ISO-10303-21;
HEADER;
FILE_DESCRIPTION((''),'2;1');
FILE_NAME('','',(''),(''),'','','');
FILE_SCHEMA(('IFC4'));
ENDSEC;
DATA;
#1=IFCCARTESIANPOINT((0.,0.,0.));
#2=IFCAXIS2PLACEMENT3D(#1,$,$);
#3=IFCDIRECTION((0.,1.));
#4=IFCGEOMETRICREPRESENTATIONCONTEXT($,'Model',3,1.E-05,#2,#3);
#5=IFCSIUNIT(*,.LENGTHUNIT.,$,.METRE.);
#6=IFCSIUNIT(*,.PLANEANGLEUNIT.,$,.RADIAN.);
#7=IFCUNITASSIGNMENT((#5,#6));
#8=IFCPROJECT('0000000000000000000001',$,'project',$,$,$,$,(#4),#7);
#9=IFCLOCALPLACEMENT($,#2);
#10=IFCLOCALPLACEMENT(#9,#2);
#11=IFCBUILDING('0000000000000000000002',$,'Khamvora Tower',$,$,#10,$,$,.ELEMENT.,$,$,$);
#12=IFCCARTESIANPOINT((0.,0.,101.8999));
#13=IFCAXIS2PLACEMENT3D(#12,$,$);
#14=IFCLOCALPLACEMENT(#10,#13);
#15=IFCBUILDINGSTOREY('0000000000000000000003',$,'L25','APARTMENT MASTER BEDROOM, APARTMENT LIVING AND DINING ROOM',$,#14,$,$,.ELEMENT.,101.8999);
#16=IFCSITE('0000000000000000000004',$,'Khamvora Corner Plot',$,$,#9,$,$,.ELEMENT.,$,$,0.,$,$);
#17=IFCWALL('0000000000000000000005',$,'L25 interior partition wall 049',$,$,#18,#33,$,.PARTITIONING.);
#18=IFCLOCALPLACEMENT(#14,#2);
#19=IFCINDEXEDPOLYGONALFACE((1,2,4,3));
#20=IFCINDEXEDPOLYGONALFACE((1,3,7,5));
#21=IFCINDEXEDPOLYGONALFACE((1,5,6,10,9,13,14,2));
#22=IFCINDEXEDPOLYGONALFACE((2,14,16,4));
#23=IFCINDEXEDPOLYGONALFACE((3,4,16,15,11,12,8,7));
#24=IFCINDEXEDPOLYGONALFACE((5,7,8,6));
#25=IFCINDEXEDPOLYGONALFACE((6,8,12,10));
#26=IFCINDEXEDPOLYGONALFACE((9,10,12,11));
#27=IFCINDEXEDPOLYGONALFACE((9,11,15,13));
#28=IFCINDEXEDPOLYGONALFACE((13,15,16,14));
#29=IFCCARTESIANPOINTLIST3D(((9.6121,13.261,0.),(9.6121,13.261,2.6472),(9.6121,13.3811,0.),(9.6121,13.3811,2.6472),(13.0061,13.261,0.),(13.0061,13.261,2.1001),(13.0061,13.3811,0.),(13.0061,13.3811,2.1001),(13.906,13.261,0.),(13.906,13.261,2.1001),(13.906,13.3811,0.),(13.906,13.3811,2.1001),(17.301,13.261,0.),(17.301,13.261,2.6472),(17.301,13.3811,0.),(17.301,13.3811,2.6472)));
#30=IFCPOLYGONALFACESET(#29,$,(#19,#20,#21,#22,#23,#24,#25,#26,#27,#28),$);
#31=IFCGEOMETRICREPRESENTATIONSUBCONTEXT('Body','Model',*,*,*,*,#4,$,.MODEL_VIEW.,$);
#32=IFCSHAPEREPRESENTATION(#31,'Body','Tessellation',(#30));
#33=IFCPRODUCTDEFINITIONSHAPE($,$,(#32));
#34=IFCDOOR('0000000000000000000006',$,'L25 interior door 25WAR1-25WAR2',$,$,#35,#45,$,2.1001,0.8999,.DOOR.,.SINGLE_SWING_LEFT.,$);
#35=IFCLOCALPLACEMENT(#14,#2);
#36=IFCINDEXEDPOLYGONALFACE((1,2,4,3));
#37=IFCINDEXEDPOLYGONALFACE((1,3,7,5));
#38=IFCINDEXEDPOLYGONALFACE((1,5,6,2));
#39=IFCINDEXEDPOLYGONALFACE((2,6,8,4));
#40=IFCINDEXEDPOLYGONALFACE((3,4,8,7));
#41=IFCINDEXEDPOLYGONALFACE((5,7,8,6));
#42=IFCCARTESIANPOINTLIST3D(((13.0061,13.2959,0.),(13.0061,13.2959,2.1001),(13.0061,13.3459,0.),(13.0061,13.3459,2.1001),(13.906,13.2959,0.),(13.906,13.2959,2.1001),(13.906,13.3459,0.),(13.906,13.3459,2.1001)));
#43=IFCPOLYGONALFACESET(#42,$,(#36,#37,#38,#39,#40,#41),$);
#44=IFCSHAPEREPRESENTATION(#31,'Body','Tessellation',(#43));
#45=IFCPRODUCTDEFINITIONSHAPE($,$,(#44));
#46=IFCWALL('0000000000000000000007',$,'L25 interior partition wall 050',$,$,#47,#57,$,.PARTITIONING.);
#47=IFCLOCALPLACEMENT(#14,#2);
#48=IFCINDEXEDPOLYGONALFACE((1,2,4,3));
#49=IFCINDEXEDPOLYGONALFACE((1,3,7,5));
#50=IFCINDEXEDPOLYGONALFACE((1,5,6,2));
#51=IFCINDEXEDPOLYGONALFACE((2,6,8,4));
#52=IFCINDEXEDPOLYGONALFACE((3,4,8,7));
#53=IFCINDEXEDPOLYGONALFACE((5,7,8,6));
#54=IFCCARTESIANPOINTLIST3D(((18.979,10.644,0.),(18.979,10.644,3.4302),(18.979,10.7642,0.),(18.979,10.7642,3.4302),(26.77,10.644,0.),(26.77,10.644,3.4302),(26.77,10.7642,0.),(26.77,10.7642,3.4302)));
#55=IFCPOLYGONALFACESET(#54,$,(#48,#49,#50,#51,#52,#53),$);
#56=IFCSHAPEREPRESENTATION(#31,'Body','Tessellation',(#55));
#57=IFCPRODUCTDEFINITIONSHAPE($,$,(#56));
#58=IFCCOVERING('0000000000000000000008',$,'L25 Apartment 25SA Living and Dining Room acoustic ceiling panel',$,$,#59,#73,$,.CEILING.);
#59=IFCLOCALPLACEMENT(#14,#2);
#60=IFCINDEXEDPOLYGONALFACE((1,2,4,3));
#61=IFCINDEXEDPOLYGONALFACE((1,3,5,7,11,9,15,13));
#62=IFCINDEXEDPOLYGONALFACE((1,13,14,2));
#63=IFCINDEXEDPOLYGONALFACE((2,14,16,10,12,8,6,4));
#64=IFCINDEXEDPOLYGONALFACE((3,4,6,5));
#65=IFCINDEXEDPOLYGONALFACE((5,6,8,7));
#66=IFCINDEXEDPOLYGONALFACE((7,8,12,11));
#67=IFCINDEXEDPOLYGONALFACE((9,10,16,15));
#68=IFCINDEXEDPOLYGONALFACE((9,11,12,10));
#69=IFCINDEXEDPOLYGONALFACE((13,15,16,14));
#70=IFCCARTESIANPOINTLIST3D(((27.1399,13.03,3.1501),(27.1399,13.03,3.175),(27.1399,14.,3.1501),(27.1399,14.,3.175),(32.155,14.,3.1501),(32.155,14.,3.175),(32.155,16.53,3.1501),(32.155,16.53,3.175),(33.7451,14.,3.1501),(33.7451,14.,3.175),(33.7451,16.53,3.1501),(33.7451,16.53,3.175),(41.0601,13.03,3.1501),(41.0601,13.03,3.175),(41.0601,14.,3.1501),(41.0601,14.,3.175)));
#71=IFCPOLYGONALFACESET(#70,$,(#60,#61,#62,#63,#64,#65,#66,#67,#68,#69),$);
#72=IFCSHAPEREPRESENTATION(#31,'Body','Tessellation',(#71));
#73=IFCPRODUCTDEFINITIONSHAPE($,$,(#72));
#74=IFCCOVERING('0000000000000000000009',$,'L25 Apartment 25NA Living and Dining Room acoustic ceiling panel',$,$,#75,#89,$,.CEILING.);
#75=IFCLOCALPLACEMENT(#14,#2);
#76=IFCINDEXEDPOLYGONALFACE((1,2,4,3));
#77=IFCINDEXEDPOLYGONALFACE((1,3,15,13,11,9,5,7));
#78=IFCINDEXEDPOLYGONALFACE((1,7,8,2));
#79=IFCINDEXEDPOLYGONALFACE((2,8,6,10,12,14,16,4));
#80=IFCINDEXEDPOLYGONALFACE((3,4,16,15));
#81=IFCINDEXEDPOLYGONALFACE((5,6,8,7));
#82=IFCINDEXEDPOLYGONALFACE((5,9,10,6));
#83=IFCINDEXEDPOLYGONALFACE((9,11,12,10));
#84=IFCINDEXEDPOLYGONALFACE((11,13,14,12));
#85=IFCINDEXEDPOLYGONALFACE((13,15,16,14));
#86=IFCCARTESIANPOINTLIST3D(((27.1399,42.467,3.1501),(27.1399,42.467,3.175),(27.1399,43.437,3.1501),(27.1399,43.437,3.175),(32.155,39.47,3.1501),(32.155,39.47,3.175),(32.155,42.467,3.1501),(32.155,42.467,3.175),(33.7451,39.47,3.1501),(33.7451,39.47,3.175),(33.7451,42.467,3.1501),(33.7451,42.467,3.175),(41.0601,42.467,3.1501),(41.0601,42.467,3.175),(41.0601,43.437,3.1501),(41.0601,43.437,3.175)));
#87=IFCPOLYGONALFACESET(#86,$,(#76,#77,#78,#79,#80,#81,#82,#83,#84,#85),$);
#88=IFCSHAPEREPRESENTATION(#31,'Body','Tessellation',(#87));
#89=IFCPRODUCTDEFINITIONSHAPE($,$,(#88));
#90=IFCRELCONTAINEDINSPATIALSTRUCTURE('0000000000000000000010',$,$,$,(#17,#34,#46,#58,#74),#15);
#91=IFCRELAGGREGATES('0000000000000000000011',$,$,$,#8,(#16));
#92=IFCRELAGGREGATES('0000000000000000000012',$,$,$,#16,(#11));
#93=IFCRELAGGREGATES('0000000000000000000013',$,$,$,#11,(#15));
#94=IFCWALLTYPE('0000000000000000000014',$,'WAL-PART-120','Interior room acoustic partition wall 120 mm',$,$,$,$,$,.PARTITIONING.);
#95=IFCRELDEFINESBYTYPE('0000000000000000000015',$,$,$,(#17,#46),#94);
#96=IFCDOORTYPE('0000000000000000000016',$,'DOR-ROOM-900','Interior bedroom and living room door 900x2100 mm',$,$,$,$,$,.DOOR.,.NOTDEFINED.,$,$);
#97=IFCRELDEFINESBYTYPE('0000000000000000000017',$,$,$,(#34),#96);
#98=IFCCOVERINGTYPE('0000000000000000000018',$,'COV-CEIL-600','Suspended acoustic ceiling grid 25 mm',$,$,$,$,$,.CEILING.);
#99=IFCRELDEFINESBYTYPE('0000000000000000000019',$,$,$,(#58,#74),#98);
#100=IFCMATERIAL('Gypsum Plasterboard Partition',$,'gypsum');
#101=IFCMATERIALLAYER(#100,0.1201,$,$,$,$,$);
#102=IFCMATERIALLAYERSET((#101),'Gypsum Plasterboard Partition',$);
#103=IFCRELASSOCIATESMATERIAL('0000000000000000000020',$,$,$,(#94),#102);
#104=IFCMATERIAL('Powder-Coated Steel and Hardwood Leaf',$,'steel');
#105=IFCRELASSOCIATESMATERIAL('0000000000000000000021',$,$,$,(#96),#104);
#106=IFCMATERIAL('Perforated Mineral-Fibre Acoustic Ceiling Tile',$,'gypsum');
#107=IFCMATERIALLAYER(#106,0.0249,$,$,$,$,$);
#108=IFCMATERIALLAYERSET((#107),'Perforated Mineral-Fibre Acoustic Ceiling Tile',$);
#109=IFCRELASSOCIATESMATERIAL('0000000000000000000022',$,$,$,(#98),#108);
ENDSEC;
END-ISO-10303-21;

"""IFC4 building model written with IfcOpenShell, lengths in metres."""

from ifc_helpers import new_model, si_unit, direction, frame, frame_2d, origin, place, context, subcontext, project, spatial, polyline, rectangle, outline, extrude, material, layer, layer_set, type_object, element, fill, save


model = new_model("IFC4")

# Units and contexts
model_context = context("Model", 3, precision=1e-05, world=origin(), true_north=direction((0.0, 1.0)))
body_context = subcontext(model_context, "Body", "Model", "MODEL_VIEW")
ifc_project = project(units=[si_unit("LENGTHUNIT", "METRE"), si_unit("PLANEANGLEUNIT", "RADIAN")], contexts=[model_context])

# Site, building, storey
site_placement = place(None, origin())
site = spatial("IfcSite", under=ifc_project, at=site_placement, Name="Khamvora Corner Plot", CompositionType="ELEMENT", RefElevation=0.0)
building_placement = place(site_placement, origin())
building = spatial("IfcBuilding", under=site, at=building_placement, Name="Khamvora Tower", CompositionType="ELEMENT")
storey_placement = place(building_placement, frame((0.0, 0.0, 101.8999)))
storey = spatial("IfcBuildingStorey", under=building, at=storey_placement, Name="L25", Description="APARTMENT MASTER BEDROOM, APARTMENT LIVING AND DINING ROOM", CompositionType="ELEMENT", Elevation=101.8999)

# Wall, opening, door
ifc_material_1 = material(Name="Gypsum Plasterboard Partition", Category="gypsum")
ifc_layer_1 = layer(ifc_material_1, 0.1201)
ifc_layer_set_1 = layer_set([ifc_layer_1], Name="Gypsum Plasterboard Partition")
wall_type_1 = type_object("IfcWallType", Name="WAL-PART-120", Description="Interior room acoustic partition wall 120 mm", PredefinedType="PARTITIONING", material=ifc_layer_set_1)
ifc_material_2 = material(Name="Powder-Coated Steel and Hardwood Leaf", Category="steel")
door_type = type_object("IfcDoorType", Name="DOR-ROOM-900", Description="Interior bedroom and living room door 900x2100 mm", OperationType="NOTDEFINED", PredefinedType="DOOR", material=ifc_material_2)
wall_1_placement = place(storey_placement, frame((9.6121, 13.321, 0.0), z_axis=(0.0, 0.0, 1.0), x_axis=(1.0, 0.0, 0.0)))
wall_1 = element("IfcWall", 1, at=wall_1_placement, inside=storey, type_object=wall_type_1, Name="L25 interior partition wall 049", PredefinedType="PARTITIONING", context=body_context, shape_type="SweptSolid", body=[
    extrude(rectangle(XDim=7.689, YDim=0.1201, at=frame_2d((3.8445, 0.0))), origin(), (0.0, 0.0, 1.0), 2.6472),
])
opening_1_placement = place(wall_1_placement, frame((3.394, 0.0, 0.0)))
opening_1 = element("IfcOpeningElement", 2, at=opening_1_placement, cuts=wall_1, PredefinedType="OPENING", context=body_context, shape_type="SweptSolid", body=[
    extrude(rectangle(XDim=0.8999, YDim=2.1001, at=frame_2d((0.45, 1.05))), frame((0.0, 0.0701, 0.0), z_axis=(0.0, -1.0, 0.0), x_axis=(1.0, 0.0, 0.0)), (0.0, 0.0, 1.0), 0.1401),
])
door_1_placement = place(opening_1_placement, origin())
door_1 = element("IfcDoor", 3, at=door_1_placement, inside=storey, type_object=door_type, Name="L25 interior door 25WAR1-25WAR2", OperationType="SINGLE_SWING_LEFT", OverallHeight=2.1001, OverallWidth=0.8999, PredefinedType="DOOR", context=body_context, shape_type="SweptSolid", body=[
    extrude(rectangle(XDim=0.8999, YDim=2.1001, at=frame_2d((0.45, 1.05))), frame((0.0, 0.0249, 0.0), z_axis=(0.0, -1.0, 0.0), x_axis=(1.0, 0.0, 0.0)), (0.0, 0.0, 1.0), 0.05),
])
fill(opening_1, door_1)

# Wall
wall_2_placement = place(storey_placement, frame((18.979, 10.7041, 0.0), z_axis=(0.0, 0.0, 1.0), x_axis=(1.0, 0.0, 0.0)))
element("IfcWall", 4, at=wall_2_placement, inside=storey, type_object=wall_type_1, Name="L25 interior partition wall 050", PredefinedType="PARTITIONING", context=body_context, shape_type="SweptSolid", body=[
    extrude(rectangle(XDim=7.791, YDim=0.1201, at=frame_2d((3.8955, 0.0))), origin(), (0.0, 0.0, 1.0), 3.4302),
])

# Coverings
ifc_material_3 = material(Name="Perforated Mineral-Fibre Acoustic Ceiling Tile", Category="gypsum")
ifc_layer_2 = layer(ifc_material_3, 0.0249)
ifc_layer_set_2 = layer_set([ifc_layer_2], Name="Perforated Mineral-Fibre Acoustic Ceiling Tile")
covering_type = type_object("IfcCoveringType", Name="COV-CEIL-600", Description="Suspended acoustic ceiling grid 25 mm", PredefinedType="CEILING", material=ifc_layer_set_2)
covering_1_placement = place(storey_placement, frame((0.0, 0.0, 3.1501)))
element("IfcCovering", 5, at=covering_1_placement, inside=storey, type_object=covering_type, Name="L25 Apartment 25SA Living and Dining Room acoustic ceiling panel", PredefinedType="CEILING", context=body_context, shape_type="SweptSolid", body=[
    extrude(outline(polyline([(27.1399, 13.03), (27.1399, 14.0), (32.155, 14.0), (32.155, 16.53), (33.7451, 16.53), (33.7451, 14.0), (41.0601, 14.0), (41.0601, 13.03), (27.1399, 13.03)])), origin(), (0.0, 0.0, 1.0), 0.0249),
])
covering_2_placement = place(storey_placement, frame((0.0, 0.0, 3.1501)))
element("IfcCovering", 6, at=covering_2_placement, inside=storey, type_object=covering_type, Name="L25 Apartment 25NA Living and Dining Room acoustic ceiling panel", PredefinedType="CEILING", context=body_context, shape_type="SweptSolid", body=[
    extrude(outline(polyline([(33.7451, 39.47), (32.155, 39.47), (32.155, 42.467), (27.1399, 42.467), (27.1399, 43.437), (41.0601, 43.437), (41.0601, 42.467), (33.7451, 42.467), (33.7451, 39.47)])), origin(), (0.0, 0.0, 1.0), 0.0249),
])

save(model, "model.ifc")
